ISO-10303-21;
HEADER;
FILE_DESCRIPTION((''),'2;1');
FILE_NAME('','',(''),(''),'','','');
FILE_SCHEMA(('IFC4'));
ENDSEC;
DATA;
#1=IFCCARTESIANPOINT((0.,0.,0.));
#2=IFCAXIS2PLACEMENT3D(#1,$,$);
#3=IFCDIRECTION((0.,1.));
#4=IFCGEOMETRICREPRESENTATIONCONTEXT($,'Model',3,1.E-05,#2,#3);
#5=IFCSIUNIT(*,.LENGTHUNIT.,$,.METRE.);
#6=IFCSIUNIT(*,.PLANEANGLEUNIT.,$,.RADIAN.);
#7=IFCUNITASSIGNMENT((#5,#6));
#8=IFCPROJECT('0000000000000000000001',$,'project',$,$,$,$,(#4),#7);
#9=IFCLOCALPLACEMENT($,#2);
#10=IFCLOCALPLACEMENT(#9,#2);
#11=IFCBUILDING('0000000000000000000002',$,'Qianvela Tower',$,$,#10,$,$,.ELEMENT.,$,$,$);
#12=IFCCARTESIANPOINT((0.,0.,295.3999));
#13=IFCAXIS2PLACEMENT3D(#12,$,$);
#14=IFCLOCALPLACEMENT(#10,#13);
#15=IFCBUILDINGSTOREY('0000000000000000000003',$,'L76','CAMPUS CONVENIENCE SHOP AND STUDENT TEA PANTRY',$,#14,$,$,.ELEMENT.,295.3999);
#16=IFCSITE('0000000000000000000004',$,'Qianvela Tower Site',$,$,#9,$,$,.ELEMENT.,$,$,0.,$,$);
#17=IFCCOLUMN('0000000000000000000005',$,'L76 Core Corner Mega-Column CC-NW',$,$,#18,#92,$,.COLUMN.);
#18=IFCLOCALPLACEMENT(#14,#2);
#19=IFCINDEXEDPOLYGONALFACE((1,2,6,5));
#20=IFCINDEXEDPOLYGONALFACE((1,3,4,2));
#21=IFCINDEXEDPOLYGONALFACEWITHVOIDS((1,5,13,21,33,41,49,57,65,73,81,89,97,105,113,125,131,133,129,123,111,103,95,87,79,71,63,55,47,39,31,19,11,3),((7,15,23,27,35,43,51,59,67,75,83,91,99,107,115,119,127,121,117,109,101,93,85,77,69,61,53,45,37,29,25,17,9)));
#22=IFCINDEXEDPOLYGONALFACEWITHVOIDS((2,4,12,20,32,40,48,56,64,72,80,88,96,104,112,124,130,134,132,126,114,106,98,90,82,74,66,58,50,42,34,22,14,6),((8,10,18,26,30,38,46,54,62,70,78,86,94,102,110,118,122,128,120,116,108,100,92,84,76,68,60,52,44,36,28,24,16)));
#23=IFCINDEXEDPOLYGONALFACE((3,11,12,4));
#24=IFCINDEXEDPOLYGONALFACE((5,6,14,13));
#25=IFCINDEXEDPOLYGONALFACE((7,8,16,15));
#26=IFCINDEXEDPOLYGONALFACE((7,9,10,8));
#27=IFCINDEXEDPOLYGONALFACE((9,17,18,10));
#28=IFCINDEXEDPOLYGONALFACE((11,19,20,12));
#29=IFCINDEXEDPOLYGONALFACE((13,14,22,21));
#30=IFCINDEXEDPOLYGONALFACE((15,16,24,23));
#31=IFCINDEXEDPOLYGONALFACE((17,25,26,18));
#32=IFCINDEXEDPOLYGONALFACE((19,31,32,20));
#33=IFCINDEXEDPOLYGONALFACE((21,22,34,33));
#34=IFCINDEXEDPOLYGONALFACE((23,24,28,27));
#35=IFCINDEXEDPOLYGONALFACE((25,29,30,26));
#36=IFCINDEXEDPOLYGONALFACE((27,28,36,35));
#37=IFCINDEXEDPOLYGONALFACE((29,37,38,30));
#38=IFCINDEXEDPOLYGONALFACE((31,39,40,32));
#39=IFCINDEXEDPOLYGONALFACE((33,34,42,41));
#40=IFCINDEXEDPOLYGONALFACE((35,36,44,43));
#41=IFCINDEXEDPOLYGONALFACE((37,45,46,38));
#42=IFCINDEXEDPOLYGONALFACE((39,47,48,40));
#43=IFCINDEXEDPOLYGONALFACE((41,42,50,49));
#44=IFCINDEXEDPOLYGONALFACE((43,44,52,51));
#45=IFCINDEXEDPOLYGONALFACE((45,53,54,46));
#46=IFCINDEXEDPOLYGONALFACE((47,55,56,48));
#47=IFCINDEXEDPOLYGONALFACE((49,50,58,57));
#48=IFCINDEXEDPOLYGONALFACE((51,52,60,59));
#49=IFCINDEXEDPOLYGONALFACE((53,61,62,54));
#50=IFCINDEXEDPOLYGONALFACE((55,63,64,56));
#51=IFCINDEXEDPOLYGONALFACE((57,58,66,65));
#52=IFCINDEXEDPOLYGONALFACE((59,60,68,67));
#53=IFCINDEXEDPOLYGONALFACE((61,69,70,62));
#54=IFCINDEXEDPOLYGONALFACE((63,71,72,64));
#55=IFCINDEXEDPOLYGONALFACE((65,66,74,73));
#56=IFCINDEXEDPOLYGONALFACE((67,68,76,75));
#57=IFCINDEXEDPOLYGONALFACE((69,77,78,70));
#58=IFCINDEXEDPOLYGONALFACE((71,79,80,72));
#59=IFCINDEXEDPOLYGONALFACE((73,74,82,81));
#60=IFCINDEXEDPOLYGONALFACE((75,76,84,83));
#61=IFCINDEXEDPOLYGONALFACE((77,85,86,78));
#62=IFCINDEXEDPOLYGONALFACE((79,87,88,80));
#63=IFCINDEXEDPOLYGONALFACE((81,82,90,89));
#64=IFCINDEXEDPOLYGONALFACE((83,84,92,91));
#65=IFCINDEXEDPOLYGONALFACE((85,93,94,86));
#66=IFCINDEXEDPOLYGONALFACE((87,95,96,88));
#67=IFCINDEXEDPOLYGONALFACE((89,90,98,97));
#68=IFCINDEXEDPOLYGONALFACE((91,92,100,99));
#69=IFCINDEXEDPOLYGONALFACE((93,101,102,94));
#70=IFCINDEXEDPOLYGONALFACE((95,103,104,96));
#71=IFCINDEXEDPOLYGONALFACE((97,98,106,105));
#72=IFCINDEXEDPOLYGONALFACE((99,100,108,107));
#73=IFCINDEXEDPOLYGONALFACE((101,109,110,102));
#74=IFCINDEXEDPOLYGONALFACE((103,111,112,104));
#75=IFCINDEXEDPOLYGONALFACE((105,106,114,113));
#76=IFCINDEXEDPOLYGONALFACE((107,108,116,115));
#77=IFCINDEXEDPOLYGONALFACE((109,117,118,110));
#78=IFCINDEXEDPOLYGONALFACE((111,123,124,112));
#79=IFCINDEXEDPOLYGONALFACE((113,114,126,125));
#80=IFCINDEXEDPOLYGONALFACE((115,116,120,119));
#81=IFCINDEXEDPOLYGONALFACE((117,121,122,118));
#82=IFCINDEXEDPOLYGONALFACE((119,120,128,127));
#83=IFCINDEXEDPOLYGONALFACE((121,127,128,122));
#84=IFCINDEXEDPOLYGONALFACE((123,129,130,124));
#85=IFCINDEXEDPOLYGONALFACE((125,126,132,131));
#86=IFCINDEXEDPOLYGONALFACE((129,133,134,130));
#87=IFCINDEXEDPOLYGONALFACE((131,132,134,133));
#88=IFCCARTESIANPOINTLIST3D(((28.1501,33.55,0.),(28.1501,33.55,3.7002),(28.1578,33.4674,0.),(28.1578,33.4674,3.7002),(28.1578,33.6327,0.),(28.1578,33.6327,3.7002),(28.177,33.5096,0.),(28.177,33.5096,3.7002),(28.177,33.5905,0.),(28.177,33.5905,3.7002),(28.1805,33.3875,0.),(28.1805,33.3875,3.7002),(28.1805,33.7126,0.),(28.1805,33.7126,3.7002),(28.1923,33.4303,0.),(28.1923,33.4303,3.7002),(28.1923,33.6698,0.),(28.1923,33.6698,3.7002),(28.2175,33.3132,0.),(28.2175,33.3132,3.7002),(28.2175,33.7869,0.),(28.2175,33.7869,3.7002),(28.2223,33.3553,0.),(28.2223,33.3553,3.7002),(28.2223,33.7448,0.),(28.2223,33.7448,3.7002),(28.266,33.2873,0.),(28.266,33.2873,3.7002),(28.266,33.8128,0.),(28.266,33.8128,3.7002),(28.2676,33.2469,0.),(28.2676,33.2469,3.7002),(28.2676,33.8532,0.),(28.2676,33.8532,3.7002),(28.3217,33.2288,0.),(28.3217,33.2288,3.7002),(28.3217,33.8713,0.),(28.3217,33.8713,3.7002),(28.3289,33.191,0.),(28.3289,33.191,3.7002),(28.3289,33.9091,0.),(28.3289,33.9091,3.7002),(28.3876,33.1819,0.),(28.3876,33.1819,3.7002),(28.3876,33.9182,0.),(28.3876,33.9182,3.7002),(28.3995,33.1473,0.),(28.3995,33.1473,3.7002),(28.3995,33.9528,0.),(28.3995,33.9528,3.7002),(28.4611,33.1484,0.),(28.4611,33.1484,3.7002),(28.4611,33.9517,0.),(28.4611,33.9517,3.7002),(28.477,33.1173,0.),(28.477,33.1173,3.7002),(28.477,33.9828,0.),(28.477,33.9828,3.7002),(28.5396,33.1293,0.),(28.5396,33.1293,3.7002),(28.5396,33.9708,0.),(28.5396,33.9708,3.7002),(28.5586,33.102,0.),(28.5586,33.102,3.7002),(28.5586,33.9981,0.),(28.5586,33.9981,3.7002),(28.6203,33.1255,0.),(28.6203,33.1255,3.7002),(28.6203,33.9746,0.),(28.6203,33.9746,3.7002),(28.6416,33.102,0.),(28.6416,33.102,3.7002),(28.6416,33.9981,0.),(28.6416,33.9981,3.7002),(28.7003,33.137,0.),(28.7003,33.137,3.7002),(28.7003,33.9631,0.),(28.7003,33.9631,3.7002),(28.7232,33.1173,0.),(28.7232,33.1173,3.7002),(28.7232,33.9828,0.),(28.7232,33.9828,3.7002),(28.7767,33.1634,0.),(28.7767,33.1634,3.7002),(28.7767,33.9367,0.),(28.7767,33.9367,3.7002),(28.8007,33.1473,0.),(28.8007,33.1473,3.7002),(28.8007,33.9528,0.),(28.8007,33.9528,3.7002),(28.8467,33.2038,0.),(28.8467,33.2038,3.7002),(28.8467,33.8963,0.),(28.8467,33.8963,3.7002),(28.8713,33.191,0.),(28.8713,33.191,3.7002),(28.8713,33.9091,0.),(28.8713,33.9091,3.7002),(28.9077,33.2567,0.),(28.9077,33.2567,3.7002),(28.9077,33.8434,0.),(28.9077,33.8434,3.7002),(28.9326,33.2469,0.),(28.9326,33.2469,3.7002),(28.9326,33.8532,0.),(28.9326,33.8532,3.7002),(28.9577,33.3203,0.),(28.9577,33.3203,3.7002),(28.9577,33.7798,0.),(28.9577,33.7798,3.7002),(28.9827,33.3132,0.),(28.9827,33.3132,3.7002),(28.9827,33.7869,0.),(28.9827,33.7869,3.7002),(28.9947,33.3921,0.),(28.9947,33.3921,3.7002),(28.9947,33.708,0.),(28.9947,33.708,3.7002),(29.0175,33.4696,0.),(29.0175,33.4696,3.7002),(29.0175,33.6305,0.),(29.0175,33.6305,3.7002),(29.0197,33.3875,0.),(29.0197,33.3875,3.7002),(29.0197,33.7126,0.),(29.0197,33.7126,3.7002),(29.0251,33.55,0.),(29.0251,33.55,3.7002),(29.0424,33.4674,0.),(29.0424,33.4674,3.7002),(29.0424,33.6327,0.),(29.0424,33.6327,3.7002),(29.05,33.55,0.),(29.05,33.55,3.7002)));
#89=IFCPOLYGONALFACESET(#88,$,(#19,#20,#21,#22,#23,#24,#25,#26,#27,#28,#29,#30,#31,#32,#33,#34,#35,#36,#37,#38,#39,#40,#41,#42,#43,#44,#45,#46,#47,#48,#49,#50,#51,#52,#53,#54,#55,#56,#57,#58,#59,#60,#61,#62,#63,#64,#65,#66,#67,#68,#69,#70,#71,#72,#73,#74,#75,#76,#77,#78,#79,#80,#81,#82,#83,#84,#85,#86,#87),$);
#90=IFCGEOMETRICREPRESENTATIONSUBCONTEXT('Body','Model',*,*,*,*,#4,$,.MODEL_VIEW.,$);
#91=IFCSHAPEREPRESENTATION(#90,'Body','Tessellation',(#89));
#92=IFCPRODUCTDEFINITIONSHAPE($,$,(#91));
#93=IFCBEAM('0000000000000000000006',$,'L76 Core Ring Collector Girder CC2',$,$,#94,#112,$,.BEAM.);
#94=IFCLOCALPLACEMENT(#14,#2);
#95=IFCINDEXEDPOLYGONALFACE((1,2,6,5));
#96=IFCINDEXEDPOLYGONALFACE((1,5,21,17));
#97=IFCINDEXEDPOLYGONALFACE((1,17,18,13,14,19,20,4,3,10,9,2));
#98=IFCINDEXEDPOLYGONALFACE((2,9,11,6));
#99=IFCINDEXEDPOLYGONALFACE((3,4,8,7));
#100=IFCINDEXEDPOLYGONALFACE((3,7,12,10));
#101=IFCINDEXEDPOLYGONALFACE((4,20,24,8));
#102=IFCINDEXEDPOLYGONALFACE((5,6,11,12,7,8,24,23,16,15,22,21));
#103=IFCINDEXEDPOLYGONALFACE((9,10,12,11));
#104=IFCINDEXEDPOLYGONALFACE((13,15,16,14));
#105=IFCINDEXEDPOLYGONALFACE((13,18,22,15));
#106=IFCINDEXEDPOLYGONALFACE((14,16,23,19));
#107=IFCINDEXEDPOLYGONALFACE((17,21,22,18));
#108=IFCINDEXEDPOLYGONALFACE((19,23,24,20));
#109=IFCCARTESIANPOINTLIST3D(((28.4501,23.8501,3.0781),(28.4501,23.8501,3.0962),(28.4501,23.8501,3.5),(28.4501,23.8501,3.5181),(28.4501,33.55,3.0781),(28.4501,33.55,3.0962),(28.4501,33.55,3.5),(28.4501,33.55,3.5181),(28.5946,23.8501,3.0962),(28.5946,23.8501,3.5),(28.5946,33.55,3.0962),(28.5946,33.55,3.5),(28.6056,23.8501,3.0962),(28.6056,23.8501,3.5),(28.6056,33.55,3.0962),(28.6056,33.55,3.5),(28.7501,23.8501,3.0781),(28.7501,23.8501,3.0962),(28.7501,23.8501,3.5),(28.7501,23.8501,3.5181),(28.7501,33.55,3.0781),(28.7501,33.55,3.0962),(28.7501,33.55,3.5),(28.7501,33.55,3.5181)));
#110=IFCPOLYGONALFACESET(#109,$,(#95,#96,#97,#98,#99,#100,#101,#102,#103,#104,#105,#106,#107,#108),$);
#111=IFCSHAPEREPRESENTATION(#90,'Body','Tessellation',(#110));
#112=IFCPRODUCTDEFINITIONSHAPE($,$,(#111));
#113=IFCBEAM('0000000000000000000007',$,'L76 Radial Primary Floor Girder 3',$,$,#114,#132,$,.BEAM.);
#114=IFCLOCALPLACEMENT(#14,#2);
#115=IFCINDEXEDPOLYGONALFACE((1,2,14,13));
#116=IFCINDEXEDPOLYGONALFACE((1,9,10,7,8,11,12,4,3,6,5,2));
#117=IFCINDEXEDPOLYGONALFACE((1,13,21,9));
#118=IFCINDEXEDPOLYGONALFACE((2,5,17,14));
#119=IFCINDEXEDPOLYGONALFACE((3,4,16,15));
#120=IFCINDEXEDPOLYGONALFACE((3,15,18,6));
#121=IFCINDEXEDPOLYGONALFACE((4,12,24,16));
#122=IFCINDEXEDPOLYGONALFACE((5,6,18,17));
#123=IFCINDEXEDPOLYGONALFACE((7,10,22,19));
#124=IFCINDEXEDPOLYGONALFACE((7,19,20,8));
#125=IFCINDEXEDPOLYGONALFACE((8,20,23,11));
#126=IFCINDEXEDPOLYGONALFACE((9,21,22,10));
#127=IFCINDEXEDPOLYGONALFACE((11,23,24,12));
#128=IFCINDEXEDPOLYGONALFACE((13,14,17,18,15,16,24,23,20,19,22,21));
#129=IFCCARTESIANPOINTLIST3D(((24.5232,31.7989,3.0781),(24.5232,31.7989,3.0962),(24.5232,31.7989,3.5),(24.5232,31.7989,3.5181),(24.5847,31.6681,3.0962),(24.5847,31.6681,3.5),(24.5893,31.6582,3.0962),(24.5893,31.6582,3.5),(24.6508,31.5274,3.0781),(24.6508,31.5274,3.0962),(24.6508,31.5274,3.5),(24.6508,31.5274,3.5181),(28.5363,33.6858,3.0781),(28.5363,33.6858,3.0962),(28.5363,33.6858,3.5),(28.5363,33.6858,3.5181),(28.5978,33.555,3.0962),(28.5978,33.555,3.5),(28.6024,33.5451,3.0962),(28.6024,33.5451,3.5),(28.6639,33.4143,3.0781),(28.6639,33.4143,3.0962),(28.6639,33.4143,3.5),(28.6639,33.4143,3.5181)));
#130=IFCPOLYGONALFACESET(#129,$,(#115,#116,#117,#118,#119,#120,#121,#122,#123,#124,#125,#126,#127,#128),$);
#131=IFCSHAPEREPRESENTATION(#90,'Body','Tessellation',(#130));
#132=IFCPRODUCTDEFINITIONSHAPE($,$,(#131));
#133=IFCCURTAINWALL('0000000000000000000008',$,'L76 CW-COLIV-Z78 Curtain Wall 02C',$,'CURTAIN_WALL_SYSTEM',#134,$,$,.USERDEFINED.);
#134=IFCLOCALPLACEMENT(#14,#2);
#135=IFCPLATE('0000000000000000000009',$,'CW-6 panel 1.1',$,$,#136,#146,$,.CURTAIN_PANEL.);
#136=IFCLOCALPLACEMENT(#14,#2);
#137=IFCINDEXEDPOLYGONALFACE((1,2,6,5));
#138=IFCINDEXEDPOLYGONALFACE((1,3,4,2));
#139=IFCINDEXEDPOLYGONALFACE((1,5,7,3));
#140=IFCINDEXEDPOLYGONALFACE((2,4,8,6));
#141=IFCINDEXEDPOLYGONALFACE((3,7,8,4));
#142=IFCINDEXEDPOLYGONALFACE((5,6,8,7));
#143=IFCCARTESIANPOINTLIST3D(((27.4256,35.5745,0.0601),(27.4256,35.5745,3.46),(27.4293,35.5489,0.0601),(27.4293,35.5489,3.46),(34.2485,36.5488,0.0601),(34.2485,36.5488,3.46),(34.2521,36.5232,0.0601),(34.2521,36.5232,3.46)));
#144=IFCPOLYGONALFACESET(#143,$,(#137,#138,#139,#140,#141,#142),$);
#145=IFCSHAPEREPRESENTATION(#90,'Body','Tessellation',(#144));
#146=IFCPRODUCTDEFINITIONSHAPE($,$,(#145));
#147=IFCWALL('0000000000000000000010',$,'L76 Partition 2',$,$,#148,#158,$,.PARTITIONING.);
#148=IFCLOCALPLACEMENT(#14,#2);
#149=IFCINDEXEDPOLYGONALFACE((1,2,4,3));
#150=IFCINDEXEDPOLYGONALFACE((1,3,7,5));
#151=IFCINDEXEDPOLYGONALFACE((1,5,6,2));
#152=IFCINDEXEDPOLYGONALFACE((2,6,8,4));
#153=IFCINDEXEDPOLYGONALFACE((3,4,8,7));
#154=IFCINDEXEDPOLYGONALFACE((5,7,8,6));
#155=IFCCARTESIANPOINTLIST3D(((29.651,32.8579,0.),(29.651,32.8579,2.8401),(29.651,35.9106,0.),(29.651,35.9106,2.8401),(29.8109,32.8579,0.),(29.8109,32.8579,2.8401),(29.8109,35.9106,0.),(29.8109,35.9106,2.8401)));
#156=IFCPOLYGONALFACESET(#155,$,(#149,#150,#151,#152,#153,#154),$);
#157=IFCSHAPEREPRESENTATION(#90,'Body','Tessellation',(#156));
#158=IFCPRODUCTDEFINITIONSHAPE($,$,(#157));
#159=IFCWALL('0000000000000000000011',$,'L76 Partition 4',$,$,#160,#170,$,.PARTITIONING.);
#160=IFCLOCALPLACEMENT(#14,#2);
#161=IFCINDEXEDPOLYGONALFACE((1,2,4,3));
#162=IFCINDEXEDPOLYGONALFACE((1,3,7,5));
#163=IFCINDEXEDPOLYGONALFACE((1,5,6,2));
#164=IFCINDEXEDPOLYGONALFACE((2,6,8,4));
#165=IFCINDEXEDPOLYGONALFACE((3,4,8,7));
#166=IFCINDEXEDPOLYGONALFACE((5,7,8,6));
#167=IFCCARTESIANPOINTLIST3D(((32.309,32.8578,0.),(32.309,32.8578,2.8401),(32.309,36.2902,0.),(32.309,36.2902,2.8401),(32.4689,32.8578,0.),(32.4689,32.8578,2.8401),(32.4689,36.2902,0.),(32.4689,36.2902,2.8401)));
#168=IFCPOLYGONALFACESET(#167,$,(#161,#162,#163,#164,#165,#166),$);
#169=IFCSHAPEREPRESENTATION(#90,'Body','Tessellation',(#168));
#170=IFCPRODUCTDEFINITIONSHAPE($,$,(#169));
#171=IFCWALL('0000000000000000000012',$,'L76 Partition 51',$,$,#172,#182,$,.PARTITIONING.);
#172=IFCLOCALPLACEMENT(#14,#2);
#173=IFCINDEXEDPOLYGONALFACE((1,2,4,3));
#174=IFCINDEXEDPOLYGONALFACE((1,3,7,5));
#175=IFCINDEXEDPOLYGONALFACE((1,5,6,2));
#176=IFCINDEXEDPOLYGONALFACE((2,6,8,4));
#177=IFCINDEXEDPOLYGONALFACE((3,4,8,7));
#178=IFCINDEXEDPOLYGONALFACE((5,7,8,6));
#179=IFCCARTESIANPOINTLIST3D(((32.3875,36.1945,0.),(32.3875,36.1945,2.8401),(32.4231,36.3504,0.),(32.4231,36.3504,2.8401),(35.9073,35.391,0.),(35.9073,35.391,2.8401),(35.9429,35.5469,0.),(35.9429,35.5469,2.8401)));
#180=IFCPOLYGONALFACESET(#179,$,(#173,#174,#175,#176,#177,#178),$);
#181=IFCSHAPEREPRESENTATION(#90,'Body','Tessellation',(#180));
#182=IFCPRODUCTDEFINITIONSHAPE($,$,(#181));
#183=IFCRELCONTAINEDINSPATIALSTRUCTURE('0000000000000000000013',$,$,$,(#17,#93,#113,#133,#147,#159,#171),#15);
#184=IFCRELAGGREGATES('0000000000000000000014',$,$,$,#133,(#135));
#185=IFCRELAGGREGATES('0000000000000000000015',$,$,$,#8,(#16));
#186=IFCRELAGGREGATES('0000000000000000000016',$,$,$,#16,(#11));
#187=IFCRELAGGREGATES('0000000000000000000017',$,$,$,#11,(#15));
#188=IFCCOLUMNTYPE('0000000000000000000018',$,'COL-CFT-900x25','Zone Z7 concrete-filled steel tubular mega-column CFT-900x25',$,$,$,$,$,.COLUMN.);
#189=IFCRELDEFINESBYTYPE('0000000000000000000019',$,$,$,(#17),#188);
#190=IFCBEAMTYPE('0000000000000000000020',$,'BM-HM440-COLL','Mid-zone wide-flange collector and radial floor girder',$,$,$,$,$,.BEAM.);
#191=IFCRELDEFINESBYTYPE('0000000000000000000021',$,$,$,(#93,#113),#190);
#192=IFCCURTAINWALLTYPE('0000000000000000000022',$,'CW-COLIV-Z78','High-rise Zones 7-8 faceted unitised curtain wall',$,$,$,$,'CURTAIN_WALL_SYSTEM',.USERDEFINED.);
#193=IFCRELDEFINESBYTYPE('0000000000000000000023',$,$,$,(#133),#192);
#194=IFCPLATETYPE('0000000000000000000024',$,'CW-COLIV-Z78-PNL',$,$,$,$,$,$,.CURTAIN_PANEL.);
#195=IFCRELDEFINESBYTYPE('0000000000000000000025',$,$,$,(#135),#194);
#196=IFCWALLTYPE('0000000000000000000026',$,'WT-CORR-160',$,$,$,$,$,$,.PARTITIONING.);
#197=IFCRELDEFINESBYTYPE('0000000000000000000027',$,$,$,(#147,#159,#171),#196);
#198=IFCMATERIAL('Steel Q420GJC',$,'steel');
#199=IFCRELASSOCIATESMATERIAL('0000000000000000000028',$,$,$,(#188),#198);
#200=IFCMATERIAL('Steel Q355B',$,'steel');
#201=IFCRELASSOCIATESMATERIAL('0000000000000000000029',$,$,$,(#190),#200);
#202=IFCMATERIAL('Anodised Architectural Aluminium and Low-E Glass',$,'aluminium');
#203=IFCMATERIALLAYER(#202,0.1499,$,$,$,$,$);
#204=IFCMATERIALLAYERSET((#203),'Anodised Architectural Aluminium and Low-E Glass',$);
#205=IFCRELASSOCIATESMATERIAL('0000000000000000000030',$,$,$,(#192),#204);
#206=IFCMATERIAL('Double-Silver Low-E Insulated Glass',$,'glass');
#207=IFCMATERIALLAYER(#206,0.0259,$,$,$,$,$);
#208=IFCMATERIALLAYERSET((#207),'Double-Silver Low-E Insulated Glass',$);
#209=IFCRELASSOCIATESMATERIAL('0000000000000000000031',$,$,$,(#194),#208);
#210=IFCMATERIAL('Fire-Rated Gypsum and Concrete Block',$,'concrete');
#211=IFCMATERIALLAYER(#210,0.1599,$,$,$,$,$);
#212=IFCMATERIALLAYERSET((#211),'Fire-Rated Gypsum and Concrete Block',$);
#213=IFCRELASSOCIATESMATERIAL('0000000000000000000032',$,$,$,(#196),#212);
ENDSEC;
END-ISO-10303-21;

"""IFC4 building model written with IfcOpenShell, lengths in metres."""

from ifc_helpers import new_model, si_unit, direction, frame, frame_2d, origin, origin_2d, place, context, subcontext, project, spatial, rectangle, hollow_circle, i_section, extrude, material, layer, layer_set, material_profile, profile_set, type_object, element, aggregate, save


model = new_model("IFC4")

# Units and contexts
model_context = context("Model", 3, precision=1e-05, world=origin(), true_north=direction((0.0, 1.0)))
body_context = subcontext(model_context, "Body", "Model", "MODEL_VIEW")
ifc_project = project(units=[si_unit("LENGTHUNIT", "METRE"), si_unit("PLANEANGLEUNIT", "RADIAN")], contexts=[model_context])

# Site, building, storey
site_placement = place(None, origin())
site = spatial("IfcSite", under=ifc_project, at=site_placement, Name="Qianvela Tower Site", CompositionType="ELEMENT", RefElevation=0.0)
building_placement = place(site_placement, origin())
building = spatial("IfcBuilding", under=site, at=building_placement, Name="Qianvela Tower", CompositionType="ELEMENT")
storey_placement = place(building_placement, frame((0.0, 0.0, 295.3999)))
storey = spatial("IfcBuildingStorey", under=building, at=storey_placement, Name="L76", Description="CAMPUS CONVENIENCE SHOP AND STUDENT TEA PANTRY", CompositionType="ELEMENT", Elevation=295.3999)

# Column
ifc_material_1 = material(Name="Steel Q420GJC", Category="steel")
ifc_material_profile_1 = material_profile(ifc_material_1, hollow_circle(Radius=0.45, WallThickness=0.0249, at=origin_2d()), Name="CFT-900x25")
ifc_profile_set_1 = profile_set([ifc_material_profile_1], Name="Steel Q420GJC")
column_type = type_object("IfcColumnType", Name="COL-CFT-900x25", Description="Zone Z7 concrete-filled steel tubular mega-column CFT-900x25", PredefinedType="COLUMN", material=ifc_profile_set_1)
column_placement = place(storey_placement, frame((28.6001, 33.55, 0.0), z_axis=(0.0, 0.0, 1.0), x_axis=(1.0, 0.0, 0.0)))
element("IfcColumn", 1, at=column_placement, inside=storey, type_object=column_type, Name="L76 Core Corner Mega-Column CC-NW", PredefinedType="COLUMN", context=body_context, shape_type="SweptSolid", body=[
    extrude(hollow_circle(Radius=0.45, WallThickness=0.0249, at=origin_2d()), origin(), (0.0, 0.0, 1.0), 3.7002),
])

# Beams
ifc_material_2 = material(Name="Steel Q355B", Category="steel")
ifc_material_profile_2 = material_profile(ifc_material_2, i_section(OverallWidth=0.3, OverallDepth=0.4399, WebThickness=0.011, FlangeThickness=0.0181, at=origin_2d()), Name="HM440x300x11x18")
ifc_profile_set_2 = profile_set([ifc_material_profile_2], Name="Steel Q355B")
beam_type = type_object("IfcBeamType", Name="BM-HM440-COLL", Description="Mid-zone wide-flange collector and radial floor girder", PredefinedType="BEAM", material=ifc_profile_set_2)
beam_1_placement = place(storey_placement, frame((28.6001, 33.55, 3.2981), z_axis=(0.0, -1.0, 0.0), x_axis=(1.0, 0.0, 0.0)))
element("IfcBeam", 2, at=beam_1_placement, inside=storey, type_object=beam_type, Name="L76 Core Ring Collector Girder CC2", PredefinedType="BEAM", context=body_context, shape_type="SweptSolid", body=[
    extrude(i_section(OverallWidth=0.3, OverallDepth=0.4399, WebThickness=0.011, FlangeThickness=0.0181, at=origin_2d()), origin(), (0.0, 0.0, 1.0), 9.7),
])
beam_2_placement = place(storey_placement, frame((28.6001, 33.55, 3.2981), z_axis=(-0.904957, -0.425503, 0.0), x_axis=(0.425503, -0.904957, 0.0)))
element("IfcBeam", 3, at=beam_2_placement, inside=storey, type_object=beam_type, Name="L76 Radial Primary Floor Girder 3", PredefinedType="BEAM", context=body_context, shape_type="SweptSolid", body=[
    extrude(i_section(OverallWidth=0.3, OverallDepth=0.4399, WebThickness=0.011, FlangeThickness=0.0181, at=origin_2d()), origin(), (0.0, 0.0, 1.0), 4.4346),
])

# Curtain wall, plate
ifc_material_3 = material(Name="Anodised Architectural Aluminium and Low-E Glass", Category="aluminium")
ifc_layer_1 = layer(ifc_material_3, 0.1499)
ifc_layer_set_1 = layer_set([ifc_layer_1], Name="Anodised Architectural Aluminium and Low-E Glass")
curtain_wall_type = type_object("IfcCurtainWallType", Name="CW-COLIV-Z78", Description="High-rise Zones 7-8 faceted unitised curtain wall", ElementType="CURTAIN_WALL_SYSTEM", PredefinedType="USERDEFINED", material=ifc_layer_set_1)
curtain_wall_placement = place(storey_placement, origin())
curtain_wall = element("IfcCurtainWall", 4, at=curtain_wall_placement, inside=storey, type_object=curtain_wall_type, Name="L76 CW-COLIV-Z78 Curtain Wall 02C", ObjectType="CURTAIN_WALL_SYSTEM", PredefinedType="USERDEFINED")
ifc_material_4 = material(Name="Double-Silver Low-E Insulated Glass", Category="glass")
ifc_layer_2 = layer(ifc_material_4, 0.0259)
ifc_layer_set_2 = layer_set([ifc_layer_2], Name="Double-Silver Low-E Insulated Glass")
plate_type = type_object("IfcPlateType", Name="CW-COLIV-Z78-PNL", PredefinedType="CURTAIN_PANEL", material=ifc_layer_set_2)
plate_placement = place(storey_placement, frame((30.8389, 36.0488, 0.0601), z_axis=(0.0, 0.0, 1.0), x_axis=(-0.989958, -0.141362, 0.0)))
plate = element("IfcPlate", 5, at=plate_placement, type_object=plate_type, Name="CW-6 panel 1.1", PredefinedType="CURTAIN_PANEL", context=body_context, shape_type="SweptSolid", body=[
    extrude(rectangle(XDim=6.8921, YDim=0.0259, at=origin_2d()), origin(), (0.0, 0.0, 1.0), 3.3999),
])
aggregate(curtain_wall, [plate])

# Walls
ifc_material_5 = material(Name="Fire-Rated Gypsum and Concrete Block", Category="concrete")
ifc_layer_3 = layer(ifc_material_5, 0.1599)
ifc_layer_set_3 = layer_set([ifc_layer_3], Name="Fire-Rated Gypsum and Concrete Block")
wall_type_1 = type_object("IfcWallType", Name="WT-CORR-160", PredefinedType="PARTITIONING", material=ifc_layer_set_3)
wall_1_placement = place(storey_placement, frame((29.731, 32.8579, 0.0), z_axis=(0.0, 0.0, 1.0), x_axis=(0.0, 1.0, 0.0)))
element("IfcWall", 6, at=wall_1_placement, inside=storey, type_object=wall_type_1, Name="L76 Partition 2", PredefinedType="PARTITIONING", context=body_context, shape_type="SweptSolid", body=[
    extrude(rectangle(XDim=3.0527, YDim=0.1599, at=frame_2d((1.5264, 0.0))), origin(), (0.0, 0.0, 1.0), 2.8401),
])
wall_2_placement = place(storey_placement, frame((32.3889, 36.2903, 0.0), z_axis=(0.0, 0.0, 1.0), x_axis=(0.0, -1.0, 0.0)))
element("IfcWall", 7, at=wall_2_placement, inside=storey, type_object=wall_type_1, Name="L76 Partition 4", PredefinedType="PARTITIONING", context=body_context, shape_type="SweptSolid", body=[
    extrude(rectangle(XDim=3.4324, YDim=0.1599, at=frame_2d((1.7163, 0.0))), origin(), (0.0, 0.0, 1.0), 2.8401),
])
wall_3_placement = place(storey_placement, frame((32.4053, 36.2725, 0.0), z_axis=(0.0, 0.0, 1.0), x_axis=(0.974922, -0.222548, 0.0)))
element("IfcWall", 8, at=wall_3_placement, inside=storey, type_object=wall_type_1, Name="L76 Partition 51", PredefinedType="PARTITIONING", context=body_context, shape_type="SweptSolid", body=[
    extrude(rectangle(XDim=3.6104, YDim=0.1599, at=frame_2d((1.8052, 0.0))), origin(), (0.0, 0.0, 1.0), 2.8401),
])

save(model, "model.ifc")
